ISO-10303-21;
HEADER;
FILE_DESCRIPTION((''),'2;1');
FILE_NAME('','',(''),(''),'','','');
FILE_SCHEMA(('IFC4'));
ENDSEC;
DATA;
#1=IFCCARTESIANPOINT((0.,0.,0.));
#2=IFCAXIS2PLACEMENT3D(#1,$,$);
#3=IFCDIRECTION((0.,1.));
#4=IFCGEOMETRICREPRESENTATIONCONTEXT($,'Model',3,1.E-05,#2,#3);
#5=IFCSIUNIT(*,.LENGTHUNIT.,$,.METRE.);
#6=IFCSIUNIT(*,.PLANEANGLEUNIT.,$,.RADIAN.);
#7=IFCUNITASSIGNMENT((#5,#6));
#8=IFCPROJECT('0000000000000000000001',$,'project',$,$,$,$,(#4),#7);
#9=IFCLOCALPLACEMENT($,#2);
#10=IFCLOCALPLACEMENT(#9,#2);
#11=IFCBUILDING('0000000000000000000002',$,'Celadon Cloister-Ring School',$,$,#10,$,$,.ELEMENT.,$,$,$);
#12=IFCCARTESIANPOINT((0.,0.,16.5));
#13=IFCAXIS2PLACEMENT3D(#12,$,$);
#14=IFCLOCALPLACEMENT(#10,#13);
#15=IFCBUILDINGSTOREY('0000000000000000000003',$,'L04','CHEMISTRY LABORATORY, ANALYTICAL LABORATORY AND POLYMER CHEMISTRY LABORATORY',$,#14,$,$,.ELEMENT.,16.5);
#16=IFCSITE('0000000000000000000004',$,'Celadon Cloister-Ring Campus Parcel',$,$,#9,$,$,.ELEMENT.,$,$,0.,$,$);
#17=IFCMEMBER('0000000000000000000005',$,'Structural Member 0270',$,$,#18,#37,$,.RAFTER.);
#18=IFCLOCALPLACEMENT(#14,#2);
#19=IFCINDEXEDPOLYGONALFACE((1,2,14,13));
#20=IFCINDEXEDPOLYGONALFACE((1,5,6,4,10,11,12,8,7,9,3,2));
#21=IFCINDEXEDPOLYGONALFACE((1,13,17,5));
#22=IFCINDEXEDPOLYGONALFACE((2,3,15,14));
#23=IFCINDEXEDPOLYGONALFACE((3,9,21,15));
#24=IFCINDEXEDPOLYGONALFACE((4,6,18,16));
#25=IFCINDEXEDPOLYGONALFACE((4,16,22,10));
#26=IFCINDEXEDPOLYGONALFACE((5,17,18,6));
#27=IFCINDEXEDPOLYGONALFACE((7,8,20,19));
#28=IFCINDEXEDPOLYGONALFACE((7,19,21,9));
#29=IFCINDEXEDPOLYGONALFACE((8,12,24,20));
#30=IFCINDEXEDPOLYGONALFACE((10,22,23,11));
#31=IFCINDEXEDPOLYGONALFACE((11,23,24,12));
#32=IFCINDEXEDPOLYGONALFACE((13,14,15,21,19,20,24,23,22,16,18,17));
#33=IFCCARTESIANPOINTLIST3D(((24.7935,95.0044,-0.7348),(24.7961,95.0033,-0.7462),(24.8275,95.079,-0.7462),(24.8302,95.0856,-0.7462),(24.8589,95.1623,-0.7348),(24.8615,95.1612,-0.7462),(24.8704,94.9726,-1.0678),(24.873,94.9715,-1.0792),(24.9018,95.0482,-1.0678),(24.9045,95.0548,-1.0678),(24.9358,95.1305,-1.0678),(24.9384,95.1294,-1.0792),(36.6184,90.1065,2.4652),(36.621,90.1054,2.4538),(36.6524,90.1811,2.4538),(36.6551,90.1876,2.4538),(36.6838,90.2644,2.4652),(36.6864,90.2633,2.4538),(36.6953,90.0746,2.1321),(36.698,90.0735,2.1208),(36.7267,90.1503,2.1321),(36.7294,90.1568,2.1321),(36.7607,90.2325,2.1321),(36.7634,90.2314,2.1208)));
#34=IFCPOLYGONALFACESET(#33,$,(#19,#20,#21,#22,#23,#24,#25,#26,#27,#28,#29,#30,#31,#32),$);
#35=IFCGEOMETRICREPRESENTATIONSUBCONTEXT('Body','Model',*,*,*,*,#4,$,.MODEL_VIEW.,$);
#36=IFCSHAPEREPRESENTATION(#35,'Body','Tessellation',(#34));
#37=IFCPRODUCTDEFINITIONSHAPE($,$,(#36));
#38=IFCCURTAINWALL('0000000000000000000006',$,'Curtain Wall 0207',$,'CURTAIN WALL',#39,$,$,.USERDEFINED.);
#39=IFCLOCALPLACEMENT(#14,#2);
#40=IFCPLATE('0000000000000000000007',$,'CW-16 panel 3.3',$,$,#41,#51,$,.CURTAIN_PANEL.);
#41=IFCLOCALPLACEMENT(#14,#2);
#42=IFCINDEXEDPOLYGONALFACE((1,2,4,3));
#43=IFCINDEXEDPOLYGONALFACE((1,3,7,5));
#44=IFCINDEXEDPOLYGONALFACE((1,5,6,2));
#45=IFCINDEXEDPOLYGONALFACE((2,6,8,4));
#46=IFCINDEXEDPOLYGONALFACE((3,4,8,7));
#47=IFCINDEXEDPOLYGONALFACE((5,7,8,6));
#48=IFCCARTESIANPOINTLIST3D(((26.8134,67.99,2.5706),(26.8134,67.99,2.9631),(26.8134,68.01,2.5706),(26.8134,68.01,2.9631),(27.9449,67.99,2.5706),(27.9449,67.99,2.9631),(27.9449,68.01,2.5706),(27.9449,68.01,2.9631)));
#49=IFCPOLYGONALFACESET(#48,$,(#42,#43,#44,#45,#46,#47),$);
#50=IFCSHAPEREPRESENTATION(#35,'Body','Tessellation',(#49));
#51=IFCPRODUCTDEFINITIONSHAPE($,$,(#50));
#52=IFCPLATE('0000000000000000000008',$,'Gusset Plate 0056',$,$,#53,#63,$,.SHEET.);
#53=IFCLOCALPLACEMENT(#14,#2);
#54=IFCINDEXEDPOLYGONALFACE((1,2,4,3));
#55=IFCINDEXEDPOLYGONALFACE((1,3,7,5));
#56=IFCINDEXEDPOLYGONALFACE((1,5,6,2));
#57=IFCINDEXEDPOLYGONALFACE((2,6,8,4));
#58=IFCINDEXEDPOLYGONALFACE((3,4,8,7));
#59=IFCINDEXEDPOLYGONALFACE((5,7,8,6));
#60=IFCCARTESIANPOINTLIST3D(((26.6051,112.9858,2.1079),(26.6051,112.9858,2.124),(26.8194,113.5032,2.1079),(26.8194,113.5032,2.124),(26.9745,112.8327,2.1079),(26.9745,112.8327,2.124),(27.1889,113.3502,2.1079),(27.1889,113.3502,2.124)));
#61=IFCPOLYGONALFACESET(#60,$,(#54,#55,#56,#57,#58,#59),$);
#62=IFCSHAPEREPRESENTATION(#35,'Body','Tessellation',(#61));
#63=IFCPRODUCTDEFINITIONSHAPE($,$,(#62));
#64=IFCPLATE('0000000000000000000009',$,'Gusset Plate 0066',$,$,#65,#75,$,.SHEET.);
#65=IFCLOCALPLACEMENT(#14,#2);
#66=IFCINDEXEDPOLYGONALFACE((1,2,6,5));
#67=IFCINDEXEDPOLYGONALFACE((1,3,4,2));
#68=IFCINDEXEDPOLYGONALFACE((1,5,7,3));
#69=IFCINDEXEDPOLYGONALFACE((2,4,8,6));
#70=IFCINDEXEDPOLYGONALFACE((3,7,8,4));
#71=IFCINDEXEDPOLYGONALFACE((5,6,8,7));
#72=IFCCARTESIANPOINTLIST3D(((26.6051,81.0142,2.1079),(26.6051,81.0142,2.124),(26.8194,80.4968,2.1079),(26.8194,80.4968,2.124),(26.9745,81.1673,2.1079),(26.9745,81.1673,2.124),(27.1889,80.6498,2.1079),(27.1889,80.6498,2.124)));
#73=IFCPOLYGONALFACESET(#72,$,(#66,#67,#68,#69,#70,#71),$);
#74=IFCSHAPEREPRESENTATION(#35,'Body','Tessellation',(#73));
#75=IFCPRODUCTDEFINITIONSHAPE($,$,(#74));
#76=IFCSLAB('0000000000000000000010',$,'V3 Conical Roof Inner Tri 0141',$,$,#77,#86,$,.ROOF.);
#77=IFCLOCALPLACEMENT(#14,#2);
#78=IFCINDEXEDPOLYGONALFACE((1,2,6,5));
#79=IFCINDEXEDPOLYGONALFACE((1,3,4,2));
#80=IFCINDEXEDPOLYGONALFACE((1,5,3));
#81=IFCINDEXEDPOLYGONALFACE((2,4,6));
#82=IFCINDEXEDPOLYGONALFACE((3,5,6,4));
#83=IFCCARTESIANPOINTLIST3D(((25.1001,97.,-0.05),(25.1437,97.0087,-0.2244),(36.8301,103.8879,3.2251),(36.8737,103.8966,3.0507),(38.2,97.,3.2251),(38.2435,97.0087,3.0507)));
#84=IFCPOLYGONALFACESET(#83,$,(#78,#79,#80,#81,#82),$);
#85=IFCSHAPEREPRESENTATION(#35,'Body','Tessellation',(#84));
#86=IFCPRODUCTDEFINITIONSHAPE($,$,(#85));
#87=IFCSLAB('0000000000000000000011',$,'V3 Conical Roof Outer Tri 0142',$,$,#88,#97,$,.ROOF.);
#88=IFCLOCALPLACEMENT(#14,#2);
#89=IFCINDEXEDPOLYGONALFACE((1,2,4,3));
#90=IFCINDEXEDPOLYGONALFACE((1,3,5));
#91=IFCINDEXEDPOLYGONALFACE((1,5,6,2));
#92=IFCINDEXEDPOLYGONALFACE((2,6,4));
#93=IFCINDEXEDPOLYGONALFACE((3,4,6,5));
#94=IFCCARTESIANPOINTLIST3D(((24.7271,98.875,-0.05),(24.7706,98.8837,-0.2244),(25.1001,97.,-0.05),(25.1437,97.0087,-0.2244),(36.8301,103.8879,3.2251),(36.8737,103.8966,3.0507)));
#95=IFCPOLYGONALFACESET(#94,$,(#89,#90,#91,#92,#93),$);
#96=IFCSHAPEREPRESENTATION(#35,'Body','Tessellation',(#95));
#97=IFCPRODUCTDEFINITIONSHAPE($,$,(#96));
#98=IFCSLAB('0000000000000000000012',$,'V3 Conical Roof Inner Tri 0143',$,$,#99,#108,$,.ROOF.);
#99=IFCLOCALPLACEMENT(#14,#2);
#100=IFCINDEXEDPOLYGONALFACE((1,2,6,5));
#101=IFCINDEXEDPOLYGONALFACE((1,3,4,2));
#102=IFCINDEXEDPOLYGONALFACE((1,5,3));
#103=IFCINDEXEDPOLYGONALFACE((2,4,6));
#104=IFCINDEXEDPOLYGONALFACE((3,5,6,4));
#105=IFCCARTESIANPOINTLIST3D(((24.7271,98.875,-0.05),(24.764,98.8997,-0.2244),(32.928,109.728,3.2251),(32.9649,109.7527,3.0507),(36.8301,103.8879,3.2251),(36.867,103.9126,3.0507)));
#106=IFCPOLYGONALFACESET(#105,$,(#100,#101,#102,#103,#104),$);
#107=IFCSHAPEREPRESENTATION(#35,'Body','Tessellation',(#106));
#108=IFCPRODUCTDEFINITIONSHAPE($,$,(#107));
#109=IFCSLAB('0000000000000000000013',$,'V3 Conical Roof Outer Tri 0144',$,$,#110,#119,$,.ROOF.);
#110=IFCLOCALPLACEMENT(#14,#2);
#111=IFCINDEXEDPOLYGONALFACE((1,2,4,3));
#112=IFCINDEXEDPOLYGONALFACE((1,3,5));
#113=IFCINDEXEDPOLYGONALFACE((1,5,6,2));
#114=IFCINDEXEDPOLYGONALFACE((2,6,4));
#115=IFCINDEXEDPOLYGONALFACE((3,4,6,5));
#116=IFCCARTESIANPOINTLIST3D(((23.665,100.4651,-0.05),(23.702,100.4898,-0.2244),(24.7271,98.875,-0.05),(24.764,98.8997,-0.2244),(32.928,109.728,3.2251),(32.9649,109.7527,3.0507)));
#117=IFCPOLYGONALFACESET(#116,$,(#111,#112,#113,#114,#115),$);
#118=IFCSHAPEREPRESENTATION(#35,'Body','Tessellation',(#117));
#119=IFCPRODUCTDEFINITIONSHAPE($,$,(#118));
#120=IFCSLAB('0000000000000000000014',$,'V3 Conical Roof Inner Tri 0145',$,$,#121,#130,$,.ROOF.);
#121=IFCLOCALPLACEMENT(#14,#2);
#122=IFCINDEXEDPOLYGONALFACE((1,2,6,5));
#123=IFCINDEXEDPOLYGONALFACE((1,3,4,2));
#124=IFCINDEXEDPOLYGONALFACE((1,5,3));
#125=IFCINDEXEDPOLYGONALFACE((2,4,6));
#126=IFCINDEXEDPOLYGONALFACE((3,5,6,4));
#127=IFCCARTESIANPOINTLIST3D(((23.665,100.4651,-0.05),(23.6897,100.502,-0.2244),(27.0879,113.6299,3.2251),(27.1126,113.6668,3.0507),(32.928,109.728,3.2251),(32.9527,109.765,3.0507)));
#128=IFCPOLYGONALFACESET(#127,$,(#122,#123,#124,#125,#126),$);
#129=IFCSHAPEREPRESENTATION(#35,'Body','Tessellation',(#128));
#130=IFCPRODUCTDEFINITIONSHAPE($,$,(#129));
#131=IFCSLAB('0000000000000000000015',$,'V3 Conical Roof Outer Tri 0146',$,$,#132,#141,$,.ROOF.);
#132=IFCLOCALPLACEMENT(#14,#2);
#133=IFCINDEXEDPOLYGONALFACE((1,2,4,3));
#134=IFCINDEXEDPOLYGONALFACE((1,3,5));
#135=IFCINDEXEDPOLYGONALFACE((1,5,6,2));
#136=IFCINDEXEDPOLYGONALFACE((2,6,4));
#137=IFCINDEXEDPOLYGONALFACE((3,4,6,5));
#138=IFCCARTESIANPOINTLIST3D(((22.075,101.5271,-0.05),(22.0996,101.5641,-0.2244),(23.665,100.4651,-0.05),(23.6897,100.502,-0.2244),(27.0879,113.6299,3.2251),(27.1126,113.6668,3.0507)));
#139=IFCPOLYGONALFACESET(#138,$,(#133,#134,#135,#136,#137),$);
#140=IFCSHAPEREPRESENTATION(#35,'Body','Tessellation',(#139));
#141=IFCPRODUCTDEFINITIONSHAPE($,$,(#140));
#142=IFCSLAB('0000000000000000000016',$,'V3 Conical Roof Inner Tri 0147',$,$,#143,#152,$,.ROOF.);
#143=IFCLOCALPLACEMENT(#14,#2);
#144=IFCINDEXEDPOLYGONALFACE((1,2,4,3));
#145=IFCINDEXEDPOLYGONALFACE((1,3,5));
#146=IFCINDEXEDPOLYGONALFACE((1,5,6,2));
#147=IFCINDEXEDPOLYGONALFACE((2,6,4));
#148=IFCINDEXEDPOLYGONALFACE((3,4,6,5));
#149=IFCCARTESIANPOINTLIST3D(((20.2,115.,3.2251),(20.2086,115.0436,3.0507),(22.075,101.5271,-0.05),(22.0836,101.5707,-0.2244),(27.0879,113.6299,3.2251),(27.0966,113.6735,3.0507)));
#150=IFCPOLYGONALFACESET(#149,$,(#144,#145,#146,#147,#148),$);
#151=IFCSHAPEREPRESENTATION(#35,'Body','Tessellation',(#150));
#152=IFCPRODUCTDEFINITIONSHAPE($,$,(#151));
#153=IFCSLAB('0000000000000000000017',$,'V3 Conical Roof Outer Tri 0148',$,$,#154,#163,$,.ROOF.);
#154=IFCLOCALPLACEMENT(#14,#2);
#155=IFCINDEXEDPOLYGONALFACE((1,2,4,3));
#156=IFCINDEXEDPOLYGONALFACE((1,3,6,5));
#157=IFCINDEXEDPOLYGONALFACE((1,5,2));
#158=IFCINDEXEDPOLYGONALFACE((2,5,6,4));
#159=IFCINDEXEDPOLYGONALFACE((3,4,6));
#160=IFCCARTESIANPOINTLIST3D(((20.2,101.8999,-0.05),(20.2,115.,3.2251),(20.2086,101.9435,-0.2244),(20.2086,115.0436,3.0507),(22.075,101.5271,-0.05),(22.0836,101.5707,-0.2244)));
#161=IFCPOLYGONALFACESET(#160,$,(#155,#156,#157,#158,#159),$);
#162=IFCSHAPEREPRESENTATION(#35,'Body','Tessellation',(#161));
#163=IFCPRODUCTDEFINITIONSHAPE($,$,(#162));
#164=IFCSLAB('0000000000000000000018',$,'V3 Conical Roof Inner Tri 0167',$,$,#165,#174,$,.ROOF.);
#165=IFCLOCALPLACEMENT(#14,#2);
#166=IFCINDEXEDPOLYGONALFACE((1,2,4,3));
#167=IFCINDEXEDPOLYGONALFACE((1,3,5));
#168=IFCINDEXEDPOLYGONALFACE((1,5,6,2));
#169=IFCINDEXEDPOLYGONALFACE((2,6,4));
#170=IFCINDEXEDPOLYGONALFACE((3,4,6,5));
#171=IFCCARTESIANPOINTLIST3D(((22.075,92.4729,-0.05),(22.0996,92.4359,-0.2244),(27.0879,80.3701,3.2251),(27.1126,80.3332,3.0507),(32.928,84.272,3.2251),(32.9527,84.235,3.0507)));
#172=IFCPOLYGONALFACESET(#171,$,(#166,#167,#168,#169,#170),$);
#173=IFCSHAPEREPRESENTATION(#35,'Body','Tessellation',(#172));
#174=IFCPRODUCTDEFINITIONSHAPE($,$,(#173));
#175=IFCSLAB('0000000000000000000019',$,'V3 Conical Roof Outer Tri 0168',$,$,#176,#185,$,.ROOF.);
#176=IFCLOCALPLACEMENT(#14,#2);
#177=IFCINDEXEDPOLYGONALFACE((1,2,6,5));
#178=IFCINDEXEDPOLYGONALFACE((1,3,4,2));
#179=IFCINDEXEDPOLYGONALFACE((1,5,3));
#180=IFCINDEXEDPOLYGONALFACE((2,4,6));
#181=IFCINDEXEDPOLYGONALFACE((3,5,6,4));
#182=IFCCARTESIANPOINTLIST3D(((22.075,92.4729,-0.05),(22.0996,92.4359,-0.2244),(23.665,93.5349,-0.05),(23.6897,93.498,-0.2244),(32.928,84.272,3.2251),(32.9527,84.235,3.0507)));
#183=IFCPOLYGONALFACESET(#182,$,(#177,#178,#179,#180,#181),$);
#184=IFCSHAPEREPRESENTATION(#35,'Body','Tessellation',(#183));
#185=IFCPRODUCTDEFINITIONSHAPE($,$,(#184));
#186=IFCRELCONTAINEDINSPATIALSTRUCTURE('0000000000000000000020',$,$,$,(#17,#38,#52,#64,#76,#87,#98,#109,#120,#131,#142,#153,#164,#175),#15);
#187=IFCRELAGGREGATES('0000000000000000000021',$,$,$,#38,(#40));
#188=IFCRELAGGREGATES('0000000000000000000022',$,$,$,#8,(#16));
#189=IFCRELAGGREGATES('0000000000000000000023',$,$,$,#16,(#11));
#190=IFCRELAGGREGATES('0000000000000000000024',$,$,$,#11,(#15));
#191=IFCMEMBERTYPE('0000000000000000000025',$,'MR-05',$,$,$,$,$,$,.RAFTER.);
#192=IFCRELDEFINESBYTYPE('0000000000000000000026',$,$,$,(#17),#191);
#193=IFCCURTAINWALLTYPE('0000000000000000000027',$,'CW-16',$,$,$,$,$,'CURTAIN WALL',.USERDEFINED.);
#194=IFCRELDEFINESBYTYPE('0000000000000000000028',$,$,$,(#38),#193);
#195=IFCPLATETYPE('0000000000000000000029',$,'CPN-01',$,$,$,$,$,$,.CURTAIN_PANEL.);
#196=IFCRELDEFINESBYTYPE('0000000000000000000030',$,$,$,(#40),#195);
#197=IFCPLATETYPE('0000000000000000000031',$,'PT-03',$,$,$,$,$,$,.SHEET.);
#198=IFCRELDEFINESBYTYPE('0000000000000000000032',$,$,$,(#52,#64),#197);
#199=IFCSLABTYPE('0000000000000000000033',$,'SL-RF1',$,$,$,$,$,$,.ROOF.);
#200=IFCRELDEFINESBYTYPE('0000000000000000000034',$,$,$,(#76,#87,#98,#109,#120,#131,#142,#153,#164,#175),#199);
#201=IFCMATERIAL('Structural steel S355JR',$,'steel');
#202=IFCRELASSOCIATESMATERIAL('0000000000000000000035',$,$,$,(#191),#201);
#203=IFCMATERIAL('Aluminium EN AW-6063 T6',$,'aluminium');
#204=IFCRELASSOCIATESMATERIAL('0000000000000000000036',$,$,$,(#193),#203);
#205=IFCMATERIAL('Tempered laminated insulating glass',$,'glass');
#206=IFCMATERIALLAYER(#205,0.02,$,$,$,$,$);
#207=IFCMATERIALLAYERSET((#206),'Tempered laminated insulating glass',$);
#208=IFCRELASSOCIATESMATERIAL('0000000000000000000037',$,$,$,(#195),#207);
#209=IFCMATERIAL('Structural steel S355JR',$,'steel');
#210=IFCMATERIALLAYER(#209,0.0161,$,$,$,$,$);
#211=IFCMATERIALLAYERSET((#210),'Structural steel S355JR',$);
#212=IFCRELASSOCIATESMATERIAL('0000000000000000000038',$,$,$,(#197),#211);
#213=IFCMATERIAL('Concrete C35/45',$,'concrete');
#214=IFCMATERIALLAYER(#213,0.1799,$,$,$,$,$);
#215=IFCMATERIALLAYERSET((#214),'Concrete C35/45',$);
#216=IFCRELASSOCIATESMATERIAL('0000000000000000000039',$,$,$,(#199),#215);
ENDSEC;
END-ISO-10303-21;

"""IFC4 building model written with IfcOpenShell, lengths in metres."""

from ifc_helpers import new_model, si_unit, direction, frame, origin, origin_2d, place, context, subcontext, project, spatial, polyline, rectangle, i_section, outline, extrude, material, layer, layer_set, material_profile, profile_set, type_object, element, aggregate, save


model = new_model("IFC4")

# Units and contexts
model_context = context("Model", 3, precision=1e-05, world=origin(), true_north=direction((0.0, 1.0)))
body_context = subcontext(model_context, "Body", "Model", "MODEL_VIEW")
ifc_project = project(units=[si_unit("LENGTHUNIT", "METRE"), si_unit("PLANEANGLEUNIT", "RADIAN")], contexts=[model_context])

# Site, building, storey
site_placement = place(None, origin())
site = spatial("IfcSite", under=ifc_project, at=site_placement, Name="Celadon Cloister-Ring Campus Parcel", CompositionType="ELEMENT", RefElevation=0.0)
building_placement = place(site_placement, origin())
building = spatial("IfcBuilding", under=site, at=building_placement, Name="Celadon Cloister-Ring School", CompositionType="ELEMENT")
storey_placement = place(building_placement, frame((0.0, 0.0, 16.5)))
storey = spatial("IfcBuildingStorey", under=building, at=storey_placement, Name="L04", Description="CHEMISTRY LABORATORY, ANALYTICAL LABORATORY AND POLYMER CHEMISTRY LABORATORY", CompositionType="ELEMENT", Elevation=16.5)

# Member
ifc_material_1 = material(Name="Structural steel S355JR", Category="steel")
ifc_material_profile_1 = material_profile(ifc_material_1, i_section(OverallWidth=0.1709, OverallDepth=0.355, WebThickness=0.0071, FlangeThickness=0.0117, at=origin_2d()), Name="W360X51")
ifc_profile_set_1 = profile_set([ifc_material_profile_1], Name="Structural steel S355JR")
member_type_1 = type_object("IfcMemberType", Name="MR-05", PredefinedType="RAFTER", material=ifc_profile_set_1)
for number, where, z_axis, x_axis, name in (
    (1, (24.866, 95.0669, -0.907), (0.896295, -0.37125, 0.242547), (0.382676, 0.923882, 0.0), "Structural Member 0270"),
):
    element("IfcMember", number, at=place(storey_placement, frame(where, z_axis=z_axis, x_axis=x_axis)), inside=storey, type_object=member_type_1, Name=name, PredefinedType="RAFTER", context=body_context, shape_type="SweptSolid", body=[
        extrude(i_section(OverallWidth=0.1709, OverallDepth=0.355, WebThickness=0.0071, FlangeThickness=0.0117, at=origin_2d()), origin(), (0.0, 0.0, 1.0), 13.1931),
    ])

# Curtain wall, plate
ifc_material_2 = material(Name="Aluminium EN AW-6063 T6", Category="aluminium")
curtain_wall_type = type_object("IfcCurtainWallType", Name="CW-16", ElementType="CURTAIN WALL", PredefinedType="USERDEFINED", material=ifc_material_2)
curtain_wall_placement = place(storey_placement, origin())
curtain_wall = element("IfcCurtainWall", 2, at=curtain_wall_placement, inside=storey, type_object=curtain_wall_type, Name="Curtain Wall 0207", ObjectType="CURTAIN WALL", PredefinedType="USERDEFINED")
ifc_material_3 = material(Name="Tempered laminated insulating glass", Category="glass")
ifc_layer_1 = layer(ifc_material_3, 0.02)
ifc_layer_set_1 = layer_set([ifc_layer_1], Name="Tempered laminated insulating glass")
plate_type_1 = type_object("IfcPlateType", Name="CPN-01", PredefinedType="CURTAIN_PANEL", material=ifc_layer_set_1)
plate_placement = place(storey_placement, frame((27.3792, 68.0, 2.5706), z_axis=(0.0, 0.0, 1.0), x_axis=(1.0, 0.0, 0.0)))
plate = element("IfcPlate", 3, at=plate_placement, type_object=plate_type_1, Name="CW-16 panel 3.3", PredefinedType="CURTAIN_PANEL", context=body_context, shape_type="SweptSolid", body=[
    extrude(rectangle(XDim=1.1316, YDim=0.02, at=origin_2d()), origin(), (0.0, 0.0, 1.0), 0.3926),
])
aggregate(curtain_wall, [plate])

# Plates
ifc_material_4 = material(Name="Structural steel S355JR", Category="steel")
ifc_layer_2 = layer(ifc_material_4, 0.0161)
ifc_layer_set_2 = layer_set([ifc_layer_2], Name="Structural steel S355JR")
plate_type_2 = type_object("IfcPlateType", Name="PT-03", PredefinedType="SHEET", material=ifc_layer_set_2)
for number, where, z_axis, x_axis, name in (
    (4, (26.897, 113.168, 2.1079), (0.0, 0.0, 1.0), (0.382683, 0.92388, 0.0), "Gusset Plate 0056"),
    (5, (26.897, 80.832, 2.1079), (0.0, 0.0, 1.0), (0.382683, -0.92388, 0.0), "Gusset Plate 0066"),
):
    element("IfcPlate", number, at=place(storey_placement, frame(where, z_axis=z_axis, x_axis=x_axis)), inside=storey, type_object=plate_type_2, Name=name, PredefinedType="SHEET", context=body_context, shape_type="SweptSolid", body=[
        extrude(rectangle(XDim=0.5601, YDim=0.3999, at=origin_2d()), origin(), (0.0, 0.0, 1.0), 0.0161),
    ])

# Slabs
ifc_material_5 = material(Name="Concrete C35/45", Category="concrete")
ifc_layer_3 = layer(ifc_material_5, 0.1799)
ifc_layer_set_3 = layer_set([ifc_layer_3], Name="Concrete C35/45")
slab_type = type_object("IfcSlabType", Name="SL-RF1", PredefinedType="ROOF", material=ifc_layer_set_3)
slab_1_placement = place(storey_placement, frame((25.1001, 97.0, -0.05), z_axis=(-0.242267, -0.048182, 0.969013), x_axis=(0.970139, 0.0, 0.242548)))
element("IfcSlab", 6, at=slab_1_placement, inside=storey, type_object=slab_type, Name="V3 Conical Roof Inner Tri 0141", PredefinedType="ROOF", context=body_context, shape_type="SweptSolid", body=[
    extrude(outline(polyline([(0.0, 0.0), (13.5031, 0.0), (12.1741, 6.8959), (0.0, 0.0)])), origin(), (0.0, 0.0, -1.0), 0.1799),
])
slab_2_placement = place(storey_placement, frame((25.1001, 97.0, -0.05), z_axis=(-0.242257, -0.048199, 0.969014), x_axis=(0.838363, 0.492294, 0.234081)))
element("IfcSlab", 7, at=slab_2_placement, inside=storey, type_object=slab_type, Name="V3 Conical Roof Outer Tri 0142", PredefinedType="ROOF", context=body_context, shape_type="SweptSolid", body=[
    extrude(outline(polyline([(0.0, 0.0), (13.9915, 0.0), (0.6103, 1.8117), (0.0, 0.0)])), origin(), (0.0, 0.0, -1.0), 0.1799),
])
slab_3_placement = place(storey_placement, frame((24.7271, 98.875, -0.05), z_axis=(-0.205382, -0.137228, 0.969013), x_axis=(0.896301, 0.371238, 0.242544)))
element("IfcSlab", 8, at=slab_3_placement, inside=storey, type_object=slab_type, Name="V3 Conical Roof Inner Tri 0143", PredefinedType="ROOF", context=body_context, shape_type="SweptSolid", body=[
    extrude(outline(polyline([(0.0, 0.0), (13.5033, 0.0), (12.1739, 6.8968), (0.0, 0.0)])), origin(), (0.0, 0.0, -1.0), 0.1799),
])
slab_4_placement = place(storey_placement, frame((24.7271, 98.875, -0.05), z_axis=(-0.205419, -0.137199, 0.96901), x_axis=(0.586125, 0.775671, 0.234076)))
element("IfcSlab", 9, at=slab_4_placement, inside=storey, type_object=slab_type, Name="V3 Conical Roof Outer Tri 0144", PredefinedType="ROOF", context=body_context, shape_type="SweptSolid", body=[
    extrude(outline(polyline([(0.0, 0.0), (13.9918, 0.0), (0.6109, 1.8119), (0.0, 0.0)])), origin(), (0.0, 0.0, -1.0), 0.1799),
])
slab_5_placement = place(storey_placement, frame((23.665, 100.4651, -0.05), z_axis=(-0.137226, -0.205392, 0.969011), x_axis=(0.685992, 0.685992, 0.24255)))
element("IfcSlab", 10, at=slab_5_placement, inside=storey, type_object=slab_type, Name="V3 Conical Roof Inner Tri 0145", PredefinedType="ROOF", context=body_context, shape_type="SweptSolid", body=[
    extrude(outline(polyline([(0.0, 0.0), (13.503, 0.0), (12.1734, 6.8966), (0.0, 0.0)])), origin(), (0.0, 0.0, -1.0), 0.1799),
])
slab_6_placement = place(storey_placement, frame((23.665, 100.4651, -0.05), z_axis=(-0.137188, -0.205403, 0.969014), x_axis=(0.244643, 0.940932, 0.234086)))
element("IfcSlab", 11, at=slab_6_placement, inside=storey, type_object=slab_type, Name="V3 Conical Roof Outer Tri 0146", PredefinedType="ROOF", context=body_context, shape_type="SweptSolid", body=[
    extrude(outline(polyline([(0.0, 0.0), (13.9912, 0.0), (0.6103, 1.8121), (0.0, 0.0)])), origin(), (0.0, 0.0, -1.0), 0.1799),
])
slab_7_placement = place(storey_placement, frame((22.075, 101.5271, -0.05), z_axis=(-0.04819, -0.242265, 0.969013), x_axis=(0.371244, 0.896297, 0.242548)))
element("IfcSlab", 12, at=slab_7_placement, inside=storey, type_object=slab_type, Name="V3 Conical Roof Inner Tri 0147", PredefinedType="ROOF", context=body_context, shape_type="SweptSolid", body=[
    extrude(outline(polyline([(0.0, 0.0), (13.5031, 0.0), (12.174, 6.896), (0.0, 0.0)])), origin(), (0.0, 0.0, -1.0), 0.1799),
])
slab_8_placement = place(storey_placement, frame((22.075, 101.5271, -0.05), z_axis=(-0.048169, -0.242263, 0.969014), x_axis=(-0.13401, 0.962937, 0.234082)))
element("IfcSlab", 13, at=slab_8_placement, inside=storey, type_object=slab_type, Name="V3 Conical Roof Outer Tri 0148", PredefinedType="ROOF", context=body_context, shape_type="SweptSolid", body=[
    extrude(outline(polyline([(0.0, 0.0), (13.9915, 0.0), (0.6103, 1.8117), (0.0, 0.0)])), origin(), (0.0, 0.0, -1.0), 0.1799),
])
slab_9_placement = place(storey_placement, frame((22.075, 92.4729, -0.05), z_axis=(-0.137223, 0.205388, 0.969013), x_axis=(0.371244, -0.896297, 0.242548)))
element("IfcSlab", 14, at=slab_9_placement, inside=storey, type_object=slab_type, Name="V3 Conical Roof Inner Tri 0167", PredefinedType="ROOF", context=body_context, shape_type="SweptSolid", body=[
    extrude(outline(polyline([(0.0, 0.0), (13.5031, 0.0), (12.174, 6.8967), (0.0, 0.0)])), origin(), (0.0, 0.0, -1.0), 0.1799),
])
slab_10_placement = place(storey_placement, frame((22.075, 92.4729, -0.05), z_axis=(-0.137199, 0.205419, 0.96901), x_axis=(0.775671, -0.586125, 0.234076)))
element("IfcSlab", 15, at=slab_10_placement, inside=storey, type_object=slab_type, Name="V3 Conical Roof Outer Tri 0168", PredefinedType="ROOF", context=body_context, shape_type="SweptSolid", body=[
    extrude(outline(polyline([(0.0, 0.0), (13.9918, 0.0), (0.6109, 1.8119), (0.0, 0.0)])), origin(), (0.0, 0.0, -1.0), 0.1799),
])

save(model, "model.ifc")
